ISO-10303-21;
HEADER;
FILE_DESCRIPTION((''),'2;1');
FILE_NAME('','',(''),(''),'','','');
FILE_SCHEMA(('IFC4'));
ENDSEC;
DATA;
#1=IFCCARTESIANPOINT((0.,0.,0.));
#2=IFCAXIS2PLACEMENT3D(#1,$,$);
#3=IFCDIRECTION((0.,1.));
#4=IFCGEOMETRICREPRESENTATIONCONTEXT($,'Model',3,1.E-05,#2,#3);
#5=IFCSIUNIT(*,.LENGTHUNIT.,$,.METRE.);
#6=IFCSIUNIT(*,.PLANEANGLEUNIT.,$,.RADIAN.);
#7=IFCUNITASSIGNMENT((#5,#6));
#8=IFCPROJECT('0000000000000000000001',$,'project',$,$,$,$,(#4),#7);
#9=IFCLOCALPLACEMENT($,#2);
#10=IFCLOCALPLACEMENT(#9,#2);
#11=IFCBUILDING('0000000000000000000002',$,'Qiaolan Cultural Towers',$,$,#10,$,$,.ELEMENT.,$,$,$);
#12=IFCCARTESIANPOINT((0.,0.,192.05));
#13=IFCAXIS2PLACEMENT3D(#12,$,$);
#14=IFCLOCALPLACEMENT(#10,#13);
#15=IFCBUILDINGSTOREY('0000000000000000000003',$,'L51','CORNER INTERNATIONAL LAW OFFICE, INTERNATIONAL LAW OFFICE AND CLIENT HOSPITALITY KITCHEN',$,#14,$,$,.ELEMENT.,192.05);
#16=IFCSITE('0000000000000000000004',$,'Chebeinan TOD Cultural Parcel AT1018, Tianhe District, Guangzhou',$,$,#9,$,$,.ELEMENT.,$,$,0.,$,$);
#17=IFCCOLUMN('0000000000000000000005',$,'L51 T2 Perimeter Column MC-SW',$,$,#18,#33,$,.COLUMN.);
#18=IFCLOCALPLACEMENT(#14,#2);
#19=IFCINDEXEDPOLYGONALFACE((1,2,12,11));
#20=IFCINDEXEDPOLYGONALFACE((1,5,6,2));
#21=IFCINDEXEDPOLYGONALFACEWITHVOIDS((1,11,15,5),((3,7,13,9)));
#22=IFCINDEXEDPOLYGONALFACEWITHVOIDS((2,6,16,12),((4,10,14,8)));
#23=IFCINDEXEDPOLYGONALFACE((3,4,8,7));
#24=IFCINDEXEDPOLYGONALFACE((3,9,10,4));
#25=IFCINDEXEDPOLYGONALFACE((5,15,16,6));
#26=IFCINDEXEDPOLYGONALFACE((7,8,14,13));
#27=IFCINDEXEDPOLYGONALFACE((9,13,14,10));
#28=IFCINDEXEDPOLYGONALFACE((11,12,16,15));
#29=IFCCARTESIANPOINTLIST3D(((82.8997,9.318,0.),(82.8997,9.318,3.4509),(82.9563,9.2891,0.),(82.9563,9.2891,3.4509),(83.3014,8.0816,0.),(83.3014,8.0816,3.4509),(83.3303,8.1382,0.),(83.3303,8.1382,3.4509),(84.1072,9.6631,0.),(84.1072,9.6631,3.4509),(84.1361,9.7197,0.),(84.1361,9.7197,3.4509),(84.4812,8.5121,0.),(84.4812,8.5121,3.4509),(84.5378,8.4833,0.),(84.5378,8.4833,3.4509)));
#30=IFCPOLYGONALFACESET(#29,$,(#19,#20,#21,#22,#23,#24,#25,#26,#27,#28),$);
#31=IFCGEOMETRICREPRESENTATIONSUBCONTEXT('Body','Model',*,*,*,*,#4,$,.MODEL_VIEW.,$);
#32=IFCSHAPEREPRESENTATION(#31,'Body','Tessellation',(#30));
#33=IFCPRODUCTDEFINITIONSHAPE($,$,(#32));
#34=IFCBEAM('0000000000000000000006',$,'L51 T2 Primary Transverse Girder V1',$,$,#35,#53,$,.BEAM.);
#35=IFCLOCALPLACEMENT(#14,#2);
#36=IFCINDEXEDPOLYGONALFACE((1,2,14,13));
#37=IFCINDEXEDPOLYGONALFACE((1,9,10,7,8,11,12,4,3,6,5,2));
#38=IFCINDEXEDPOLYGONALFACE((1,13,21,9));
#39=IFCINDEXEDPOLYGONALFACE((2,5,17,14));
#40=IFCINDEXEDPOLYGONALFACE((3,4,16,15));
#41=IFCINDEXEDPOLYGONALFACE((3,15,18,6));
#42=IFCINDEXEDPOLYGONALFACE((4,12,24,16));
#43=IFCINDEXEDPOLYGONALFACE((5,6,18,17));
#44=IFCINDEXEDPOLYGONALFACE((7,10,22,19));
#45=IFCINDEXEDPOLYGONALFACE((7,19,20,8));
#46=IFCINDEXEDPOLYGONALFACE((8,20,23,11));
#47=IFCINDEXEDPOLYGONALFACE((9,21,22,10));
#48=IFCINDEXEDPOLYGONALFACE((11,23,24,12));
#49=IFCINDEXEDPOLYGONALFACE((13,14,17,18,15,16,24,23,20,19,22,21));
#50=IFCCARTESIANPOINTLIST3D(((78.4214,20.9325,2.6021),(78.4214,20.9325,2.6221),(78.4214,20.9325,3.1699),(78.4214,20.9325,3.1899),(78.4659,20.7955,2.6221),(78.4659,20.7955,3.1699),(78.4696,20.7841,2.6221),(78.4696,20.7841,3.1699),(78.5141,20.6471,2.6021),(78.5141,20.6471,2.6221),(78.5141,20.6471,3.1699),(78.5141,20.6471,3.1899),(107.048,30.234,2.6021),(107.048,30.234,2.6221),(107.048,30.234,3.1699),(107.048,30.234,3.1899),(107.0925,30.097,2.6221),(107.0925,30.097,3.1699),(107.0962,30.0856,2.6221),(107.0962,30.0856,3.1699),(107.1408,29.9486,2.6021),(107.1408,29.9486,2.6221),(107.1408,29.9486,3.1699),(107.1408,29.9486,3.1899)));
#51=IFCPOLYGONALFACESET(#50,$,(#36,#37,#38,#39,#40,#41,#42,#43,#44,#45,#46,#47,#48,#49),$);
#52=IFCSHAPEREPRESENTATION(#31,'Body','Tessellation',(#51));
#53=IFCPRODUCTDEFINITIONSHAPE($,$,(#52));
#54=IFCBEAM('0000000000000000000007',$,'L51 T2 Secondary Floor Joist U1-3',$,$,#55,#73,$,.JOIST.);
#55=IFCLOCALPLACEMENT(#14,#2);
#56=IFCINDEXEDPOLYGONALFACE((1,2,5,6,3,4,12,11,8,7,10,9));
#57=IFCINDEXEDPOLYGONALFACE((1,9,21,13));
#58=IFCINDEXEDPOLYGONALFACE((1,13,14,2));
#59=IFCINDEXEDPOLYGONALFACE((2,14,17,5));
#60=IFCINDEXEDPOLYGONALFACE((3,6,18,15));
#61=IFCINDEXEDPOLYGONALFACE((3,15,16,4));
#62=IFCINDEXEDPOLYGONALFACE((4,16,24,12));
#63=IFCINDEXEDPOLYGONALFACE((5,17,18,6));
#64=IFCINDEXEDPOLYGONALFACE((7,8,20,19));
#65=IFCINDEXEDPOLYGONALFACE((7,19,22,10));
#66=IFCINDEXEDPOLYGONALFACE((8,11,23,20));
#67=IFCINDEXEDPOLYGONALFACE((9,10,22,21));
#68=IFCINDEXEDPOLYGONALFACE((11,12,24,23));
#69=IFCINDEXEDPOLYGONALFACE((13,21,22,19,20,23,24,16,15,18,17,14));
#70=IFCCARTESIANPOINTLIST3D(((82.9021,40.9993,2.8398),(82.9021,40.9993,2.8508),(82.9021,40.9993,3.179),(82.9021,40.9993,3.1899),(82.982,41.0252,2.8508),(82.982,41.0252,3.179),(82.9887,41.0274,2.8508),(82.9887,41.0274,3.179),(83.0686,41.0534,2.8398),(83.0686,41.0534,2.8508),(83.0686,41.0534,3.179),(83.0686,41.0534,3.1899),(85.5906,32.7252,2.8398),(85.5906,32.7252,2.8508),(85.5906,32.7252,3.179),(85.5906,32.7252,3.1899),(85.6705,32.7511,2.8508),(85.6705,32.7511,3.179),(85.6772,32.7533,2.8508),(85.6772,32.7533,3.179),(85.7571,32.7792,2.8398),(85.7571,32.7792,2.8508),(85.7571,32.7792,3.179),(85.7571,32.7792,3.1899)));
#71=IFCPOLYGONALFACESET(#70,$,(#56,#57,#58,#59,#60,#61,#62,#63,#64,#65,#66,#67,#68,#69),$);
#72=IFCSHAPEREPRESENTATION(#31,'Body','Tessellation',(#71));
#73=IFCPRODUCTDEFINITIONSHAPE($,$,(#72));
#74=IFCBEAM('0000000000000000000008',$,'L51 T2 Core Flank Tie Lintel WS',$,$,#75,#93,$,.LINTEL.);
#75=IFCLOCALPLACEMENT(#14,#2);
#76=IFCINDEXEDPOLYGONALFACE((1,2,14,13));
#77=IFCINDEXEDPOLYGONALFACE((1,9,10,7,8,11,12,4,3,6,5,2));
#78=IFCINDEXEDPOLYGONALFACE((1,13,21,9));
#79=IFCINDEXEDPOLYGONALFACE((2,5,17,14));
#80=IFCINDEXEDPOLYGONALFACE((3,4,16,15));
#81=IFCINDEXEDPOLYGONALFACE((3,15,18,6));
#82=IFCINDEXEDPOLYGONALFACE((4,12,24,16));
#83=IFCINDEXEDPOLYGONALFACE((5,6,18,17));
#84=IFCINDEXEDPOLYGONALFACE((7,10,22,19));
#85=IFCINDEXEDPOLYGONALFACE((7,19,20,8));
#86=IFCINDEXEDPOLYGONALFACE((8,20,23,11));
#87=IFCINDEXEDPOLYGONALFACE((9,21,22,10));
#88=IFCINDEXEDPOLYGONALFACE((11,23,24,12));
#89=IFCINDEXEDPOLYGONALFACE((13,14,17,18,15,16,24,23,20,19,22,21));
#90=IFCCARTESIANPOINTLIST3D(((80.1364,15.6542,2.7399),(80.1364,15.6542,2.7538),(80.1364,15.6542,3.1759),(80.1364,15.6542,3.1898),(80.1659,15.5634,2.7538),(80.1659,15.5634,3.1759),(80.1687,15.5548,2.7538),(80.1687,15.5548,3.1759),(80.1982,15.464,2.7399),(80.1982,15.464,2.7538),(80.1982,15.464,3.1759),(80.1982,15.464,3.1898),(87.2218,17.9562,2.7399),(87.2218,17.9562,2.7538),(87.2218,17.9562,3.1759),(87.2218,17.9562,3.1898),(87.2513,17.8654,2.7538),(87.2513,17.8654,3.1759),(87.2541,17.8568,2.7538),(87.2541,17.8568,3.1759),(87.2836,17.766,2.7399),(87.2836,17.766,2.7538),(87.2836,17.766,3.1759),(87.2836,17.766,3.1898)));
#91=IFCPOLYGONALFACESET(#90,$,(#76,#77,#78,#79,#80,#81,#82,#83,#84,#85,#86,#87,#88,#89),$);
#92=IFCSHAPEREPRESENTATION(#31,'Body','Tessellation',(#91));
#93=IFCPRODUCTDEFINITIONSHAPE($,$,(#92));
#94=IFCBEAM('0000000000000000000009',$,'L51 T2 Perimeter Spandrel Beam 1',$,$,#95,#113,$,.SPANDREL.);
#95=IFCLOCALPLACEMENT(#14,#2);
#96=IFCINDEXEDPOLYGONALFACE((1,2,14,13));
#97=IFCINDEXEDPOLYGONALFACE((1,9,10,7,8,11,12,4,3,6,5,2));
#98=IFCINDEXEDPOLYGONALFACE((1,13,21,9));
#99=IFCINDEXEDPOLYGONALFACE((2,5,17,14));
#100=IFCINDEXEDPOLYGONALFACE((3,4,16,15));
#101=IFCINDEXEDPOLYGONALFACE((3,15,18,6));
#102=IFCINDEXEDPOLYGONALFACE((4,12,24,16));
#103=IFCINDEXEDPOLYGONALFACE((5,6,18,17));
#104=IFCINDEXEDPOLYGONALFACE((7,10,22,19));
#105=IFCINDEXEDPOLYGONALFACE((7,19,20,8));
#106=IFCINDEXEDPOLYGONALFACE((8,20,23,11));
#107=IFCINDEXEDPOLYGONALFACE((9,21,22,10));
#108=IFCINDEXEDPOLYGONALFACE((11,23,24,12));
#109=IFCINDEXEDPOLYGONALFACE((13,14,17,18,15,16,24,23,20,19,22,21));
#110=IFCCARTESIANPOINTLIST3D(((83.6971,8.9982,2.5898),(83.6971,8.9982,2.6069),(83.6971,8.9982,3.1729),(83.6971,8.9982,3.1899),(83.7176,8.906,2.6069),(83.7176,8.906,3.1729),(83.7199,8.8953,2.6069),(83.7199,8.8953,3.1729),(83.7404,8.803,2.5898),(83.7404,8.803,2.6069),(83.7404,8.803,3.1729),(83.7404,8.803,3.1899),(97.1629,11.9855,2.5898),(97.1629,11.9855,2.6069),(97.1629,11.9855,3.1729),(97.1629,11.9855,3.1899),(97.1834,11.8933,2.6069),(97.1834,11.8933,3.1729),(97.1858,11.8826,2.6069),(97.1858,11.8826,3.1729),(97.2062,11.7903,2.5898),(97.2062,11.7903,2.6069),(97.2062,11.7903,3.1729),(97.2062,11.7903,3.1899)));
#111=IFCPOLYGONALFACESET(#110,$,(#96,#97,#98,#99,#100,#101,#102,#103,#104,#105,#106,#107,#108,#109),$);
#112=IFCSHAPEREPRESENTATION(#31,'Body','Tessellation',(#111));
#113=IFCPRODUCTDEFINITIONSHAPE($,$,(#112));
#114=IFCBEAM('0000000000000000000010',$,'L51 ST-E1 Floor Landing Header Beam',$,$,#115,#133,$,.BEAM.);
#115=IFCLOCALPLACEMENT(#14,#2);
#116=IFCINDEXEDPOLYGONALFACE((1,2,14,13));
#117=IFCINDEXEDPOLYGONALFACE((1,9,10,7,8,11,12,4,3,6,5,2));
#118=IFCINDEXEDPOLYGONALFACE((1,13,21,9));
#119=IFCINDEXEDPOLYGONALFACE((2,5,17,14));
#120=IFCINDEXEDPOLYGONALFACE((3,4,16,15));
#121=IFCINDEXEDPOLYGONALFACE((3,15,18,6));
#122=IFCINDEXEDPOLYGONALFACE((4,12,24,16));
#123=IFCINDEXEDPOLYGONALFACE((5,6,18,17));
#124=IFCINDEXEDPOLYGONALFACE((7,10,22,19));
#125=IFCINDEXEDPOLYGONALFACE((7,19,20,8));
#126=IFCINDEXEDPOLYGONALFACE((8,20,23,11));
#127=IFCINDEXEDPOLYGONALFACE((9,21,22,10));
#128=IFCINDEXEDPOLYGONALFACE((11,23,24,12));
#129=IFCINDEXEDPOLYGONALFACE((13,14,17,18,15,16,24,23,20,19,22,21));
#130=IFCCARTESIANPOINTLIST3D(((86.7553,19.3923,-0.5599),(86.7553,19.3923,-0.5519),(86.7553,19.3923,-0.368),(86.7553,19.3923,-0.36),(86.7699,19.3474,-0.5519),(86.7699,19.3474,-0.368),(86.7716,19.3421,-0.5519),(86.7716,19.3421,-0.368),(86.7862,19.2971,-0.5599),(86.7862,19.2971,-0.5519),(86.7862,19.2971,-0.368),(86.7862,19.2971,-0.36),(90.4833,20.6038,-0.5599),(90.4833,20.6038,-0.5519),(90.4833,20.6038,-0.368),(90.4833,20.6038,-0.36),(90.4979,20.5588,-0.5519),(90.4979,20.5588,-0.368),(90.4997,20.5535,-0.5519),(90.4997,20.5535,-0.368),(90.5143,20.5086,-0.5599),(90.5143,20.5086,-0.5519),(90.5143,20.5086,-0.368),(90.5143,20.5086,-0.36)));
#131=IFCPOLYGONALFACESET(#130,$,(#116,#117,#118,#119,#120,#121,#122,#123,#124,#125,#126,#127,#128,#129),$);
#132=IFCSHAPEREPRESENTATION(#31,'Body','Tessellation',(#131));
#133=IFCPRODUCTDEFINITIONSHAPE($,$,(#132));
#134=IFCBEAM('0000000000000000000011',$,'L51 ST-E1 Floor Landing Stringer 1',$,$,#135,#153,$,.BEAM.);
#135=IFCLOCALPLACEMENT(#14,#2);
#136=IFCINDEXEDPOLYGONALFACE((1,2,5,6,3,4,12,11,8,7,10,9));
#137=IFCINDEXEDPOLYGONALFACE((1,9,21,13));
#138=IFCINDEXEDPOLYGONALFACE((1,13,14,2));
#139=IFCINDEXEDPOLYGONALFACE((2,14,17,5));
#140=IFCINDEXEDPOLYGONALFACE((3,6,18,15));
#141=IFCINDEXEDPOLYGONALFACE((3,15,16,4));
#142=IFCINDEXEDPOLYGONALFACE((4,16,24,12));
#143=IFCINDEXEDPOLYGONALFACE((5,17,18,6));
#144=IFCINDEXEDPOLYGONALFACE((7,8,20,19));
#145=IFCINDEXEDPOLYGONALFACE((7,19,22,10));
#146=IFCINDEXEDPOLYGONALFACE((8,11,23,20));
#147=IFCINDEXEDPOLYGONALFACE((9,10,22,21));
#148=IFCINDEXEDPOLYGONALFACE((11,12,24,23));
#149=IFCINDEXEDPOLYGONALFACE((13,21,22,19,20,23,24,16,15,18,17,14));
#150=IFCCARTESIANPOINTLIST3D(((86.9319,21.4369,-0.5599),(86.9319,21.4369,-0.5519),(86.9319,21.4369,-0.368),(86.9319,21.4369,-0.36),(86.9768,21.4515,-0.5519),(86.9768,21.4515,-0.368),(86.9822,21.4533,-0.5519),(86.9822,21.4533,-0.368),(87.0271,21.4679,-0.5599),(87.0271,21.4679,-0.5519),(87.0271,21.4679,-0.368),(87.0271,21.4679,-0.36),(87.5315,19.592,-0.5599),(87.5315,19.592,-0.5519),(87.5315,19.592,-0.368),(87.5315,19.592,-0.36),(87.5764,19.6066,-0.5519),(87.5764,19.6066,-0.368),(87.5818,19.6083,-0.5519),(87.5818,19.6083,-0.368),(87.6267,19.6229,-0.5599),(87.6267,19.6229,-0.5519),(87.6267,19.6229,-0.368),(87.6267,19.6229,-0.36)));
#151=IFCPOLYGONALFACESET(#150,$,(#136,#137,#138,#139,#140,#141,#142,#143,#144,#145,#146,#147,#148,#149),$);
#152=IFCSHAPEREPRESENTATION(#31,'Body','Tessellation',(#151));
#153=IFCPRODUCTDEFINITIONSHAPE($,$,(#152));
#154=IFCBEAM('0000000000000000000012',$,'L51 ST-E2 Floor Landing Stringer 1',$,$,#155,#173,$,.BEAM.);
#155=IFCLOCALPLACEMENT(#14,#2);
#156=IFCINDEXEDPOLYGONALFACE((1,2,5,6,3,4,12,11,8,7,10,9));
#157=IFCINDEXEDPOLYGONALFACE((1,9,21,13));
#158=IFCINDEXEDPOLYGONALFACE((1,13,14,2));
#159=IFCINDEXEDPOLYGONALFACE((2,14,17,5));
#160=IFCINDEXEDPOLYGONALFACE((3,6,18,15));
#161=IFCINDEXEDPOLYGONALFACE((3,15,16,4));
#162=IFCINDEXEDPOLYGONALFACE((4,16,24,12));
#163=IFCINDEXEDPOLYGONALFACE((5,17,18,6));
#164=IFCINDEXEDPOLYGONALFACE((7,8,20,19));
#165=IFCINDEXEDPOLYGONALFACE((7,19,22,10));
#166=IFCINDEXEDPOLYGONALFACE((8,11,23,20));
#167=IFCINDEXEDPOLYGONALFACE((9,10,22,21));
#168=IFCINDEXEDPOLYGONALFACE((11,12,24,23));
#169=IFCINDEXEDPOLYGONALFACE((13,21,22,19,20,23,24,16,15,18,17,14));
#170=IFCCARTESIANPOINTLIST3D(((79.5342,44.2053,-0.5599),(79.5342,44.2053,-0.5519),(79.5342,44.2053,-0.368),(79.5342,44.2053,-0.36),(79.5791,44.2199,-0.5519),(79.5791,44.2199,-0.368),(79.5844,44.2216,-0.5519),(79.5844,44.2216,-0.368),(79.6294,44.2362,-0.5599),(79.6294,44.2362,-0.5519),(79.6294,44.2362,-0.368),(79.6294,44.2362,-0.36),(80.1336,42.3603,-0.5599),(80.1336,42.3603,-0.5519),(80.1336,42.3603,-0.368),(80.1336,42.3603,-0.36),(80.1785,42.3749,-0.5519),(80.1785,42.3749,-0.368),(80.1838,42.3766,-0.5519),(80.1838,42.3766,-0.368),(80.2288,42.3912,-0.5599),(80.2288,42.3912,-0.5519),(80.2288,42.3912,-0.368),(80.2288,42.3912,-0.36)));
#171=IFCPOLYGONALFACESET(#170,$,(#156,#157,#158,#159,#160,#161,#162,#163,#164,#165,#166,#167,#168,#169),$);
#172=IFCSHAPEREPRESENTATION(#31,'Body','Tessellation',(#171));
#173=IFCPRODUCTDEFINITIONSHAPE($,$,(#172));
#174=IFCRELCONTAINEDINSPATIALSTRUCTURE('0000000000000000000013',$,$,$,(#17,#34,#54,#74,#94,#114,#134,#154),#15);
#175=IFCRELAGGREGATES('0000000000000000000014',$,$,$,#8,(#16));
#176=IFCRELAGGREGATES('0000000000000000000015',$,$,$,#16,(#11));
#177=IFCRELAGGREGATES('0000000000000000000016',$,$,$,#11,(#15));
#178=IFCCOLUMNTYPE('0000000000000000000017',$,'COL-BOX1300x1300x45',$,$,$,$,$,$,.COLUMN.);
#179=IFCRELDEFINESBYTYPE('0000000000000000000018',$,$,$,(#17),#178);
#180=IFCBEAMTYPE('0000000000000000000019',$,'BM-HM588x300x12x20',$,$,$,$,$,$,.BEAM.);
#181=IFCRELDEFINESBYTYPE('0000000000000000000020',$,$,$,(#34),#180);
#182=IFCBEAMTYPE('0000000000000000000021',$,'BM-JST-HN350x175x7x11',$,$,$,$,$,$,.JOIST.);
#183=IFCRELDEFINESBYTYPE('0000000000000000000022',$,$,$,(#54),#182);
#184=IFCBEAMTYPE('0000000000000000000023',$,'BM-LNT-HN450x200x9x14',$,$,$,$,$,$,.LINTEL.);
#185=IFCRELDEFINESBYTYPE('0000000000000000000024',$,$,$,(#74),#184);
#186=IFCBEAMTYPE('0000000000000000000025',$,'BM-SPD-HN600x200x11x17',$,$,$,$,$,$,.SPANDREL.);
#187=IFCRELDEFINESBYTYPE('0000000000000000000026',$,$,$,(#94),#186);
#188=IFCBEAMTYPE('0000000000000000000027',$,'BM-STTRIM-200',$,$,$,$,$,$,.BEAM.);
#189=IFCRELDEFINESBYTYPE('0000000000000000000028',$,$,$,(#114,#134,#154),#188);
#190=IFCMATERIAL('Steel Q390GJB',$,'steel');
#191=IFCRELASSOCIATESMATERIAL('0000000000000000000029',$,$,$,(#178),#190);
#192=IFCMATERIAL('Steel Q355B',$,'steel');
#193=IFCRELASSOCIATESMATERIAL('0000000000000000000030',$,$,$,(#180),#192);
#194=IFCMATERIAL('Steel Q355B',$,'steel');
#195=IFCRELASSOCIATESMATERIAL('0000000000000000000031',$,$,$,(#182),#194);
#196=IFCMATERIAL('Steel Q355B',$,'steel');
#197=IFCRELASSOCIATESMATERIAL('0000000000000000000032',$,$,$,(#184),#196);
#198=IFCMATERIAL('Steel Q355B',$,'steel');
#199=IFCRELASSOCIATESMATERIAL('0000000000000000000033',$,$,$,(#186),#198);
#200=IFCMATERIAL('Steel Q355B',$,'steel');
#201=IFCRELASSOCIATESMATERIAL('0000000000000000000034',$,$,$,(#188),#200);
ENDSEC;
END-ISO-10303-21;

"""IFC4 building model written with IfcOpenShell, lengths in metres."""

from ifc_helpers import new_model, si_unit, direction, frame, origin, origin_2d, place, context, subcontext, project, spatial, hollow_rectangle, i_section, extrude, material, material_profile, profile_set, type_object, element, save


model = new_model("IFC4")

# Units and contexts
model_context = context("Model", 3, precision=1e-05, world=origin(), true_north=direction((0.0, 1.0)))
body_context = subcontext(model_context, "Body", "Model", "MODEL_VIEW")
ifc_project = project(units=[si_unit("LENGTHUNIT", "METRE"), si_unit("PLANEANGLEUNIT", "RADIAN")], contexts=[model_context])

# Site, building, storey
site_placement = place(None, origin())
site = spatial("IfcSite", under=ifc_project, at=site_placement, Name="Chebeinan TOD Cultural Parcel AT1018, Tianhe District, Guangzhou", CompositionType="ELEMENT", RefElevation=0.0)
building_placement = place(site_placement, origin())
building = spatial("IfcBuilding", under=site, at=building_placement, Name="Qiaolan Cultural Towers", CompositionType="ELEMENT")
storey_placement = place(building_placement, frame((0.0, 0.0, 192.05)))
storey = spatial("IfcBuildingStorey", under=building, at=storey_placement, Name="L51", Description="CORNER INTERNATIONAL LAW OFFICE, INTERNATIONAL LAW OFFICE AND CLIENT HOSPITALITY KITCHEN", CompositionType="ELEMENT", Elevation=192.05)

# Column
ifc_material_1 = material(Name="Steel Q390GJB", Category="steel")
ifc_material_profile_1 = material_profile(ifc_material_1, hollow_rectangle(XDim=1.3, YDim=1.3, WallThickness=0.0449, at=origin_2d()), Name="BOX1300x1300x45")
ifc_profile_set_1 = profile_set([ifc_material_profile_1], Name="Steel Q390GJB")
column_type = type_object("IfcColumnType", Name="COL-BOX1300x1300x45", PredefinedType="COLUMN", material=ifc_profile_set_1)
column_placement = place(storey_placement, frame((83.7188, 8.9006, 0.0), z_axis=(0.0, 0.0, 1.0), x_axis=(0.951057, 0.309017, 0.0)))
element("IfcColumn", 1, at=column_placement, inside=storey, type_object=column_type, Name="L51 T2 Perimeter Column MC-SW", PredefinedType="COLUMN", context=body_context, shape_type="SweptSolid", body=[
    extrude(hollow_rectangle(XDim=1.3, YDim=1.3, WallThickness=0.0449, at=origin_2d()), origin(), (0.0, 0.0, 1.0), 3.4509),
])

# Beams
ifc_material_2 = material(Name="Steel Q355B", Category="steel")
ifc_material_profile_2 = material_profile(ifc_material_2, i_section(OverallWidth=0.3, OverallDepth=0.5879, WebThickness=0.012, FlangeThickness=0.02, at=origin_2d()), Name="HM588x300x12x20")
ifc_profile_set_2 = profile_set([ifc_material_profile_2], Name="Steel Q355B")
beam_type_1 = type_object("IfcBeamType", Name="BM-HM588x300x12x20", PredefinedType="BEAM", material=ifc_profile_set_2)
beam_1_placement = place(storey_placement, frame((78.4678, 20.7898, 2.896), z_axis=(0.951055, 0.309021, 0.0), x_axis=(-0.309021, 0.951055, 0.0)))
element("IfcBeam", 2, at=beam_1_placement, inside=storey, type_object=beam_type_1, Name="L51 T2 Primary Transverse Girder V1", PredefinedType="BEAM", context=body_context, shape_type="SweptSolid", body=[
    extrude(i_section(OverallWidth=0.3, OverallDepth=0.5879, WebThickness=0.012, FlangeThickness=0.02, at=origin_2d()), origin(), (0.0, 0.0, 1.0), 30.0999),
])
ifc_material_3 = material(Name="Steel Q355B", Category="steel")
ifc_material_profile_3 = material_profile(ifc_material_3, i_section(OverallWidth=0.175, OverallDepth=0.3501, WebThickness=0.0071, FlangeThickness=0.011, at=origin_2d()), Name="HN350x175x7x11")
ifc_profile_set_3 = profile_set([ifc_material_profile_3], Name="Steel Q355B")
beam_type_2 = type_object("IfcBeamType", Name="BM-JST-HN350x175x7x11", PredefinedType="JOIST", material=ifc_profile_set_3)
beam_2_placement = place(storey_placement, frame((85.6738, 32.7522, 3.0149), z_axis=(-0.309021, 0.951055, 0.0), x_axis=(-0.951055, -0.309021, 0.0)))
element("IfcBeam", 3, at=beam_2_placement, inside=storey, type_object=beam_type_2, Name="L51 T2 Secondary Floor Joist U1-3", PredefinedType="JOIST", context=body_context, shape_type="SweptSolid", body=[
    extrude(i_section(OverallWidth=0.175, OverallDepth=0.3501, WebThickness=0.0071, FlangeThickness=0.011, at=origin_2d()), origin(), (0.0, 0.0, 1.0), 8.7),
])
ifc_material_4 = material(Name="Steel Q355B", Category="steel")
ifc_material_profile_4 = material_profile(ifc_material_4, i_section(OverallWidth=0.2, OverallDepth=0.45, WebThickness=0.009, FlangeThickness=0.0139, at=origin_2d()), Name="HN450x200x9x14")
ifc_profile_set_4 = profile_set([ifc_material_profile_4], Name="Steel Q355B")
beam_type_3 = type_object("IfcBeamType", Name="BM-LNT-HN450x200x9x14", PredefinedType="LINTEL", material=ifc_profile_set_4)
beam_3_placement = place(storey_placement, frame((87.2527, 17.8611, 2.9648), z_axis=(-0.951064, -0.308993, 0.0), x_axis=(0.308993, -0.951064, 0.0)))
element("IfcBeam", 4, at=beam_3_placement, inside=storey, type_object=beam_type_3, Name="L51 T2 Core Flank Tie Lintel WS", PredefinedType="LINTEL", context=body_context, shape_type="SweptSolid", body=[
    extrude(i_section(OverallWidth=0.2, OverallDepth=0.45, WebThickness=0.009, FlangeThickness=0.0139, at=origin_2d()), origin(), (0.0, 0.0, 1.0), 7.45),
])
ifc_material_5 = material(Name="Steel Q355B", Category="steel")
ifc_material_profile_5 = material_profile(ifc_material_5, i_section(OverallWidth=0.2, OverallDepth=0.6001, WebThickness=0.011, FlangeThickness=0.0171, at=origin_2d()), Name="HN600x200x11x17")
ifc_profile_set_5 = profile_set([ifc_material_profile_5], Name="Steel Q355B")
beam_type_4 = type_object("IfcBeamType", Name="BM-SPD-HN600x200x11x17", PredefinedType="SPANDREL", material=ifc_profile_set_5)
beam_4_placement = place(storey_placement, frame((83.7188, 8.9006, 2.8899), z_axis=(0.976265, 0.216578, 0.0), x_axis=(-0.216578, 0.976265, 0.0)))
element("IfcBeam", 5, at=beam_4_placement, inside=storey, type_object=beam_type_4, Name="L51 T2 Perimeter Spandrel Beam 1", PredefinedType="SPANDREL", context=body_context, shape_type="SweptSolid", body=[
    extrude(i_section(OverallWidth=0.2, OverallDepth=0.6001, WebThickness=0.011, FlangeThickness=0.0171, at=origin_2d()), origin(), (0.0, 0.0, 1.0), 13.7932),
])
ifc_material_6 = material(Name="Steel Q355B", Category="steel")
ifc_material_profile_6 = material_profile(ifc_material_6, i_section(OverallWidth=0.1001, OverallDepth=0.2, WebThickness=0.0056, FlangeThickness=0.0081, at=origin_2d()), Name="HN200x100x5.5x8")
ifc_profile_set_6 = profile_set([ifc_material_profile_6], Name="Steel Q355B")
beam_type_5 = type_object("IfcBeamType", Name="BM-STTRIM-200", PredefinedType="BEAM", material=ifc_profile_set_6)
beam_5_placement = place(storey_placement, frame((86.7708, 19.3447, -0.46), z_axis=(0.951048, 0.309044, 0.0), x_axis=(-0.309044, 0.951048, 0.0)))
element("IfcBeam", 6, at=beam_5_placement, inside=storey, type_object=beam_type_5, Name="L51 ST-E1 Floor Landing Header Beam", PredefinedType="BEAM", context=body_context, shape_type="SweptSolid", body=[
    extrude(i_section(OverallWidth=0.1001, OverallDepth=0.2, WebThickness=0.0056, FlangeThickness=0.0081, at=origin_2d()), origin(), (0.0, 0.0, 1.0), 3.9199),
])
for number, where, z_axis, x_axis, name in (
    (7, (86.9795, 21.4524, -0.46), (0.309083, -0.951035, 0.0), (0.951035, 0.309083, 0.0), "L51 ST-E1 Floor Landing Stringer 1"),
    (8, (80.1812, 42.3757, -0.46), (-0.308969, 0.951072, 0.0), (-0.951072, -0.308969, 0.0), "L51 ST-E2 Floor Landing Stringer 1"),
):
    element("IfcBeam", number, at=place(storey_placement, frame(where, z_axis=z_axis, x_axis=x_axis)), inside=storey, type_object=beam_type_5, Name=name, PredefinedType="BEAM", context=body_context, shape_type="SweptSolid", body=[
        extrude(i_section(OverallWidth=0.1001, OverallDepth=0.2, WebThickness=0.0056, FlangeThickness=0.0081, at=origin_2d()), origin(), (0.0, 0.0, 1.0), 1.9399),
    ])

save(model, "model.ifc")
